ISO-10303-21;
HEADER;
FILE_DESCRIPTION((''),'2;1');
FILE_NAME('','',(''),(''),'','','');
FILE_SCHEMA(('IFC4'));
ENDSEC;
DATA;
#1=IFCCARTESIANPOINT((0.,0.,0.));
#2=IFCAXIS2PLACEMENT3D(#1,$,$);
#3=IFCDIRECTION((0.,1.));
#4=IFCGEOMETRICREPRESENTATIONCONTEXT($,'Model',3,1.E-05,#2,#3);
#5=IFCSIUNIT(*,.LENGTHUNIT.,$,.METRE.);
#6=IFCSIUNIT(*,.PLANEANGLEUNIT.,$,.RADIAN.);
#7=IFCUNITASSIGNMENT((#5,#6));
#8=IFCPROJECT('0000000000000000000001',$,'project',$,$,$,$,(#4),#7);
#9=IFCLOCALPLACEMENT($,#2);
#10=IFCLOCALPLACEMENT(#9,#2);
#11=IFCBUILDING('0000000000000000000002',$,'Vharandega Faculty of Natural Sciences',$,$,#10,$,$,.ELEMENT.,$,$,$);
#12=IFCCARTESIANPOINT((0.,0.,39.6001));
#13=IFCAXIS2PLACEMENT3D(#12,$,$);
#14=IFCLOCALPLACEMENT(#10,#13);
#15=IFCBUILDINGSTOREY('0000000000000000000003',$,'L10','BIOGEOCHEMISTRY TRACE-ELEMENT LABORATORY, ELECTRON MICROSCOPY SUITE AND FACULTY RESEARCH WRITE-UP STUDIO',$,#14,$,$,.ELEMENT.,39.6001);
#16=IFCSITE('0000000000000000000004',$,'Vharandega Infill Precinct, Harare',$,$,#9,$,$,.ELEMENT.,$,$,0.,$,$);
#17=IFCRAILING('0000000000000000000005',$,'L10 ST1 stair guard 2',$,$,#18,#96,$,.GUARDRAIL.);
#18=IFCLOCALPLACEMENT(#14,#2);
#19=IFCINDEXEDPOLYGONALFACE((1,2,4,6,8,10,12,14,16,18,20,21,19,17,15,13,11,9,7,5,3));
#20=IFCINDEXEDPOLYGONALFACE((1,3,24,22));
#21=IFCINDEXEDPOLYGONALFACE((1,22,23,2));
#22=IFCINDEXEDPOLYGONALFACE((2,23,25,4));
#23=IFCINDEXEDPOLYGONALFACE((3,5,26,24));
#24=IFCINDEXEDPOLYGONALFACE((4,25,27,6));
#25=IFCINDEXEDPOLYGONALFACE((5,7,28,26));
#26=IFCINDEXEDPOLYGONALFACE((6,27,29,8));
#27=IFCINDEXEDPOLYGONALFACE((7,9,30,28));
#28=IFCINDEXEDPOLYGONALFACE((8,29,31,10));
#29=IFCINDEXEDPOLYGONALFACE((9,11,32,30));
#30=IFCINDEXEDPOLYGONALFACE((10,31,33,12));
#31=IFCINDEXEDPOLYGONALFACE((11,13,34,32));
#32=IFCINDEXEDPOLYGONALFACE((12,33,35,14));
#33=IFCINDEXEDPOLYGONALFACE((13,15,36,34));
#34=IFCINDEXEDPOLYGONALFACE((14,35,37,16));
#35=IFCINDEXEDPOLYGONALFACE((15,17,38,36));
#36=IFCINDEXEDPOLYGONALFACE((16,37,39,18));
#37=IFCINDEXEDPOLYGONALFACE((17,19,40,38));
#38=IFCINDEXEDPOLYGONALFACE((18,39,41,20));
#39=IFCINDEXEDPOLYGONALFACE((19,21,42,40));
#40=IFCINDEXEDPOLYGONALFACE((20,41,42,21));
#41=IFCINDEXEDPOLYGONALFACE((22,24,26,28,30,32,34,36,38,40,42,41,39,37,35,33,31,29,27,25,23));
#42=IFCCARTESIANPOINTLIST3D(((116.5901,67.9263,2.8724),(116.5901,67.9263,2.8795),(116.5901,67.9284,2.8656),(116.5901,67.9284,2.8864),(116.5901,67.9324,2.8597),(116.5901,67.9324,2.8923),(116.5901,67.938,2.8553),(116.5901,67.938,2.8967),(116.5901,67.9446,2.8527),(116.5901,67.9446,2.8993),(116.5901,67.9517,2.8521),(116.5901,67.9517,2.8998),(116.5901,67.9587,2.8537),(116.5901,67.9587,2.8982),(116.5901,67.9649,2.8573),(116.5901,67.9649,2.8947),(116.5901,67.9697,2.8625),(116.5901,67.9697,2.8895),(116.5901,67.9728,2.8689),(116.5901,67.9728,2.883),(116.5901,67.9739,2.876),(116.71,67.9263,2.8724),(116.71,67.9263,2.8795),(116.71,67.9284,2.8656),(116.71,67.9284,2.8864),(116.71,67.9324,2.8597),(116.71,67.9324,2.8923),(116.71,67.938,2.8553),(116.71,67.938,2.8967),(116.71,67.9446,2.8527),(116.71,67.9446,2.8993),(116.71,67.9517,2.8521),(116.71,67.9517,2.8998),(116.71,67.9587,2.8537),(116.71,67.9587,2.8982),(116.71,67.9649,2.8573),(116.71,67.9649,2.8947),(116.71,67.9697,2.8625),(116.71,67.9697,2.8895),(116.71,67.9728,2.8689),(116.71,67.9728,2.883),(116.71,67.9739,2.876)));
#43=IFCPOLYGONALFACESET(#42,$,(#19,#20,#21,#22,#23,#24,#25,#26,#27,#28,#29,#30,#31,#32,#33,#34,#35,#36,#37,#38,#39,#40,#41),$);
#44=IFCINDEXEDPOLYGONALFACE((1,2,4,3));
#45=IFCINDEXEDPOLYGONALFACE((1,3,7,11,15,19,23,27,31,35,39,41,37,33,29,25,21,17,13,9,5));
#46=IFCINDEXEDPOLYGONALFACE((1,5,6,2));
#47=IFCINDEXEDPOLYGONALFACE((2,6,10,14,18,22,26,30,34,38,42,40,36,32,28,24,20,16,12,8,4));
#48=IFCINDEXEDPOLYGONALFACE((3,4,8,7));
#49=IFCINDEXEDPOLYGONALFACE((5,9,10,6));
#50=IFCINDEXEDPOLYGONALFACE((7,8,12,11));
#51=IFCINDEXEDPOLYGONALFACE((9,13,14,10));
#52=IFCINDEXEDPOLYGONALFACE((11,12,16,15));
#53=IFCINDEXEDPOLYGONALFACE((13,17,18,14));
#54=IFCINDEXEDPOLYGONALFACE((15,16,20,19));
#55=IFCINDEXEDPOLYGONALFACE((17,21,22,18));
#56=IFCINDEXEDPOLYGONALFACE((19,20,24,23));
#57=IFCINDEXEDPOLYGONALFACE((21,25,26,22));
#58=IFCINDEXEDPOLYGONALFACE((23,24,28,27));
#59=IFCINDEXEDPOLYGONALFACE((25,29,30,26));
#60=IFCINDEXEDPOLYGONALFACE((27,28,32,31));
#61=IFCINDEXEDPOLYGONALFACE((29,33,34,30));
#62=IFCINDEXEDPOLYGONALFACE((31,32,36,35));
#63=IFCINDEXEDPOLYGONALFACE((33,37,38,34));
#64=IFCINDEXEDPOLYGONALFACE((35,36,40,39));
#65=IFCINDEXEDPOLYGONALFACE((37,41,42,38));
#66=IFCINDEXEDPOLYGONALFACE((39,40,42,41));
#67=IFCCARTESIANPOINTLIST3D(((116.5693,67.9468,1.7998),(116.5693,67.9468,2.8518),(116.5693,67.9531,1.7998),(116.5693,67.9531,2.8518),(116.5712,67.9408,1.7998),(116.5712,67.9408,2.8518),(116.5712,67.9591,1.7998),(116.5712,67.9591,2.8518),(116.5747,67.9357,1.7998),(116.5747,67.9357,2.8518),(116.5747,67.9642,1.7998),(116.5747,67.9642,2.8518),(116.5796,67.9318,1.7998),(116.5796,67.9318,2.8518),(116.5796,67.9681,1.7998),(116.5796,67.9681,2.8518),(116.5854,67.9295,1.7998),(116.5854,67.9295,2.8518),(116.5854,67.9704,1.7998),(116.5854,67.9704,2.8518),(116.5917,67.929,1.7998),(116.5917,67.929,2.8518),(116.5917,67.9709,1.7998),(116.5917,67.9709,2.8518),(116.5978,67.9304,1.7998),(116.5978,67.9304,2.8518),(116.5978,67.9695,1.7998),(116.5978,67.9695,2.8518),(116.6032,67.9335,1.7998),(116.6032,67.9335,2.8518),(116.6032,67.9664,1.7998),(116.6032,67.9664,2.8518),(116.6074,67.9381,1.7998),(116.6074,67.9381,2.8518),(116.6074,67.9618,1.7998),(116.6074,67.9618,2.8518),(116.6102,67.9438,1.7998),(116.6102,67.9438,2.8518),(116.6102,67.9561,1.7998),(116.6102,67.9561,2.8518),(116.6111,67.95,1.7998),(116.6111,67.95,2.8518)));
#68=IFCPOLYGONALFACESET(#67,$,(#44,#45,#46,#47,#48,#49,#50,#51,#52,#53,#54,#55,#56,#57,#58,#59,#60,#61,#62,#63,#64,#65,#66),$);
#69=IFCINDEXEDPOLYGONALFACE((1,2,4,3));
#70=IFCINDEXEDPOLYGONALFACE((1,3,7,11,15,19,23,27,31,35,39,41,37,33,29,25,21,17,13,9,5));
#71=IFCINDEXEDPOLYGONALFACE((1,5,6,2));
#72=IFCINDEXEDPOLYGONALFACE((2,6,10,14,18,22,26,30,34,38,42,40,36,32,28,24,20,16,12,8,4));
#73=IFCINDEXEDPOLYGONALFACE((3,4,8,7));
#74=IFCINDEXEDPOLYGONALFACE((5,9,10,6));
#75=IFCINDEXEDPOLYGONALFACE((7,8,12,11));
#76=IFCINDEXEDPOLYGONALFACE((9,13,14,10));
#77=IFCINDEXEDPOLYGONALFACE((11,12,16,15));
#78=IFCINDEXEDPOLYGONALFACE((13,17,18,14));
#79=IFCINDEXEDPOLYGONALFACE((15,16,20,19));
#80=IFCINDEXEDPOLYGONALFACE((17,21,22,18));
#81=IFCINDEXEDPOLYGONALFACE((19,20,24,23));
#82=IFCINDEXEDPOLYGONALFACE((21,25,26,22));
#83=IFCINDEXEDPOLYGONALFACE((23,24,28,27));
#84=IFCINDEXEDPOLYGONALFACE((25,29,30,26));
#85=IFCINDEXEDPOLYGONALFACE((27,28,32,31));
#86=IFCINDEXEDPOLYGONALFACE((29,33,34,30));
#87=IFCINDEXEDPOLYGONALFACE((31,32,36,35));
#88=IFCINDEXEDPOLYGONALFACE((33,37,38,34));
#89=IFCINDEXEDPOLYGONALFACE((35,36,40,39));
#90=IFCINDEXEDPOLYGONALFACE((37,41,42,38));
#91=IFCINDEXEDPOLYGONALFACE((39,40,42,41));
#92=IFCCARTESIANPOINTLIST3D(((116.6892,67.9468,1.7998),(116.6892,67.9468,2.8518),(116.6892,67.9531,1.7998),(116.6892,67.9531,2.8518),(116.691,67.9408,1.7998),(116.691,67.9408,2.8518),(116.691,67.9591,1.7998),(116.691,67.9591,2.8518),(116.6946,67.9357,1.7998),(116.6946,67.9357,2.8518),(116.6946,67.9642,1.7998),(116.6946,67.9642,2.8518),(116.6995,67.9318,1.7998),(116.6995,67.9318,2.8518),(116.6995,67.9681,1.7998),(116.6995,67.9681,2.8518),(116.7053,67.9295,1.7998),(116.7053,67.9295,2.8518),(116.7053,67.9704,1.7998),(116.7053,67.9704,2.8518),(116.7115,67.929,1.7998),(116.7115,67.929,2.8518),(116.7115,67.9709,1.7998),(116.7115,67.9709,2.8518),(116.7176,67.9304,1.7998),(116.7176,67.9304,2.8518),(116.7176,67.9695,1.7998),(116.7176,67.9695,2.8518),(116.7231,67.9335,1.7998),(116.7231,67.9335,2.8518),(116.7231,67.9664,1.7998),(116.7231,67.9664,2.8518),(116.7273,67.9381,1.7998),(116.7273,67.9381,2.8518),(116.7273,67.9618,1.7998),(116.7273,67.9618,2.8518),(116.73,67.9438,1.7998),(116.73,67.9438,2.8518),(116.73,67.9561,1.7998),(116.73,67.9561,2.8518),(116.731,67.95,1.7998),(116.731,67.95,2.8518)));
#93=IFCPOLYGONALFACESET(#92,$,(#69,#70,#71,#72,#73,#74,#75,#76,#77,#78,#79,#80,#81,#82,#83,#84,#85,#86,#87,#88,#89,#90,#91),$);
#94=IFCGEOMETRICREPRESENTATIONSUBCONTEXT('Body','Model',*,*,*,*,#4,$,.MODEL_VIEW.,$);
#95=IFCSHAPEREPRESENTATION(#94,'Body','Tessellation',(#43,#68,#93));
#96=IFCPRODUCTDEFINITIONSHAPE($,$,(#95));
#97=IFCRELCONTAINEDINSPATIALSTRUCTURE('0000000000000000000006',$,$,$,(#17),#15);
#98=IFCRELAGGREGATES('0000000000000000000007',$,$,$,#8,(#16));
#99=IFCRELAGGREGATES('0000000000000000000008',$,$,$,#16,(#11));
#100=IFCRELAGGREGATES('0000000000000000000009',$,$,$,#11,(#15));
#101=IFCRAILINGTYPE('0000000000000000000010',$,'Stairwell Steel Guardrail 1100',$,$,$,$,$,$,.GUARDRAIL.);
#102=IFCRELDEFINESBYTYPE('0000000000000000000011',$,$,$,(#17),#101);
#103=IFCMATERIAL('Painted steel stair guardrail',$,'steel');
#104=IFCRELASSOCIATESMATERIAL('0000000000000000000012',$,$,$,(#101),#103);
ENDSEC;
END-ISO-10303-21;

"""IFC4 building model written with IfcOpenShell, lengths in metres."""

from ifc_helpers import new_model, si_unit, direction, frame, origin, origin_2d, place, context, subcontext, project, spatial, circle, extrude, material, type_object, element, save


model = new_model("IFC4")

# Units and contexts
model_context = context("Model", 3, precision=1e-05, world=origin(), true_north=direction((0.0, 1.0)))
body_context = subcontext(model_context, "Body", "Model", "MODEL_VIEW")
ifc_project = project(units=[si_unit("LENGTHUNIT", "METRE"), si_unit("PLANEANGLEUNIT", "RADIAN")], contexts=[model_context])

# Site, building, storey
site_placement = place(None, origin())
site = spatial("IfcSite", under=ifc_project, at=site_placement, Name="Vharandega Infill Precinct, Harare", CompositionType="ELEMENT", RefElevation=0.0)
building_placement = place(site_placement, origin())
building = spatial("IfcBuilding", under=site, at=building_placement, Name="Vharandega Faculty of Natural Sciences", CompositionType="ELEMENT")
storey_placement = place(building_placement, frame((0.0, 0.0, 39.6001)))
storey = spatial("IfcBuildingStorey", under=building, at=storey_placement, Name="L10", Description="BIOGEOCHEMISTRY TRACE-ELEMENT LABORATORY, ELECTRON MICROSCOPY SUITE AND FACULTY RESEARCH WRITE-UP STUDIO", CompositionType="ELEMENT", Elevation=39.6001)

# Railing
ifc_material_1 = material(Name="Painted steel stair guardrail", Category="steel")
railing_type_1 = type_object("IfcRailingType", Name="Stairwell Steel Guardrail 1100", PredefinedType="GUARDRAIL", material=ifc_material_1)
railing_1_placement = place(storey_placement, frame((116.5901, 67.95, 1.7998)))
element("IfcRailing", 1, at=railing_1_placement, inside=storey, type_object=railing_type_1, Name="L10 ST1 stair guard 2", PredefinedType="GUARDRAIL", context=body_context, shape_type="SweptSolid", body=[
    extrude(circle(Radius=0.0239, at=origin_2d()), frame((0.0, 0.0, 1.0762), z_axis=(1.0, 0.0, 0.0), x_axis=(0.0, 1.0, 0.0)), (0.0, 0.0, 1.0), 0.1199),
    extrude(circle(Radius=0.021, at=origin_2d()), origin(), (0.0, 0.0, 1.0), 1.052),
    extrude(circle(Radius=0.021, at=origin_2d()), frame((0.1199, 0.0, 0.0)), (0.0, 0.0, 1.0), 1.052),
])

save(model, "model.ifc")
